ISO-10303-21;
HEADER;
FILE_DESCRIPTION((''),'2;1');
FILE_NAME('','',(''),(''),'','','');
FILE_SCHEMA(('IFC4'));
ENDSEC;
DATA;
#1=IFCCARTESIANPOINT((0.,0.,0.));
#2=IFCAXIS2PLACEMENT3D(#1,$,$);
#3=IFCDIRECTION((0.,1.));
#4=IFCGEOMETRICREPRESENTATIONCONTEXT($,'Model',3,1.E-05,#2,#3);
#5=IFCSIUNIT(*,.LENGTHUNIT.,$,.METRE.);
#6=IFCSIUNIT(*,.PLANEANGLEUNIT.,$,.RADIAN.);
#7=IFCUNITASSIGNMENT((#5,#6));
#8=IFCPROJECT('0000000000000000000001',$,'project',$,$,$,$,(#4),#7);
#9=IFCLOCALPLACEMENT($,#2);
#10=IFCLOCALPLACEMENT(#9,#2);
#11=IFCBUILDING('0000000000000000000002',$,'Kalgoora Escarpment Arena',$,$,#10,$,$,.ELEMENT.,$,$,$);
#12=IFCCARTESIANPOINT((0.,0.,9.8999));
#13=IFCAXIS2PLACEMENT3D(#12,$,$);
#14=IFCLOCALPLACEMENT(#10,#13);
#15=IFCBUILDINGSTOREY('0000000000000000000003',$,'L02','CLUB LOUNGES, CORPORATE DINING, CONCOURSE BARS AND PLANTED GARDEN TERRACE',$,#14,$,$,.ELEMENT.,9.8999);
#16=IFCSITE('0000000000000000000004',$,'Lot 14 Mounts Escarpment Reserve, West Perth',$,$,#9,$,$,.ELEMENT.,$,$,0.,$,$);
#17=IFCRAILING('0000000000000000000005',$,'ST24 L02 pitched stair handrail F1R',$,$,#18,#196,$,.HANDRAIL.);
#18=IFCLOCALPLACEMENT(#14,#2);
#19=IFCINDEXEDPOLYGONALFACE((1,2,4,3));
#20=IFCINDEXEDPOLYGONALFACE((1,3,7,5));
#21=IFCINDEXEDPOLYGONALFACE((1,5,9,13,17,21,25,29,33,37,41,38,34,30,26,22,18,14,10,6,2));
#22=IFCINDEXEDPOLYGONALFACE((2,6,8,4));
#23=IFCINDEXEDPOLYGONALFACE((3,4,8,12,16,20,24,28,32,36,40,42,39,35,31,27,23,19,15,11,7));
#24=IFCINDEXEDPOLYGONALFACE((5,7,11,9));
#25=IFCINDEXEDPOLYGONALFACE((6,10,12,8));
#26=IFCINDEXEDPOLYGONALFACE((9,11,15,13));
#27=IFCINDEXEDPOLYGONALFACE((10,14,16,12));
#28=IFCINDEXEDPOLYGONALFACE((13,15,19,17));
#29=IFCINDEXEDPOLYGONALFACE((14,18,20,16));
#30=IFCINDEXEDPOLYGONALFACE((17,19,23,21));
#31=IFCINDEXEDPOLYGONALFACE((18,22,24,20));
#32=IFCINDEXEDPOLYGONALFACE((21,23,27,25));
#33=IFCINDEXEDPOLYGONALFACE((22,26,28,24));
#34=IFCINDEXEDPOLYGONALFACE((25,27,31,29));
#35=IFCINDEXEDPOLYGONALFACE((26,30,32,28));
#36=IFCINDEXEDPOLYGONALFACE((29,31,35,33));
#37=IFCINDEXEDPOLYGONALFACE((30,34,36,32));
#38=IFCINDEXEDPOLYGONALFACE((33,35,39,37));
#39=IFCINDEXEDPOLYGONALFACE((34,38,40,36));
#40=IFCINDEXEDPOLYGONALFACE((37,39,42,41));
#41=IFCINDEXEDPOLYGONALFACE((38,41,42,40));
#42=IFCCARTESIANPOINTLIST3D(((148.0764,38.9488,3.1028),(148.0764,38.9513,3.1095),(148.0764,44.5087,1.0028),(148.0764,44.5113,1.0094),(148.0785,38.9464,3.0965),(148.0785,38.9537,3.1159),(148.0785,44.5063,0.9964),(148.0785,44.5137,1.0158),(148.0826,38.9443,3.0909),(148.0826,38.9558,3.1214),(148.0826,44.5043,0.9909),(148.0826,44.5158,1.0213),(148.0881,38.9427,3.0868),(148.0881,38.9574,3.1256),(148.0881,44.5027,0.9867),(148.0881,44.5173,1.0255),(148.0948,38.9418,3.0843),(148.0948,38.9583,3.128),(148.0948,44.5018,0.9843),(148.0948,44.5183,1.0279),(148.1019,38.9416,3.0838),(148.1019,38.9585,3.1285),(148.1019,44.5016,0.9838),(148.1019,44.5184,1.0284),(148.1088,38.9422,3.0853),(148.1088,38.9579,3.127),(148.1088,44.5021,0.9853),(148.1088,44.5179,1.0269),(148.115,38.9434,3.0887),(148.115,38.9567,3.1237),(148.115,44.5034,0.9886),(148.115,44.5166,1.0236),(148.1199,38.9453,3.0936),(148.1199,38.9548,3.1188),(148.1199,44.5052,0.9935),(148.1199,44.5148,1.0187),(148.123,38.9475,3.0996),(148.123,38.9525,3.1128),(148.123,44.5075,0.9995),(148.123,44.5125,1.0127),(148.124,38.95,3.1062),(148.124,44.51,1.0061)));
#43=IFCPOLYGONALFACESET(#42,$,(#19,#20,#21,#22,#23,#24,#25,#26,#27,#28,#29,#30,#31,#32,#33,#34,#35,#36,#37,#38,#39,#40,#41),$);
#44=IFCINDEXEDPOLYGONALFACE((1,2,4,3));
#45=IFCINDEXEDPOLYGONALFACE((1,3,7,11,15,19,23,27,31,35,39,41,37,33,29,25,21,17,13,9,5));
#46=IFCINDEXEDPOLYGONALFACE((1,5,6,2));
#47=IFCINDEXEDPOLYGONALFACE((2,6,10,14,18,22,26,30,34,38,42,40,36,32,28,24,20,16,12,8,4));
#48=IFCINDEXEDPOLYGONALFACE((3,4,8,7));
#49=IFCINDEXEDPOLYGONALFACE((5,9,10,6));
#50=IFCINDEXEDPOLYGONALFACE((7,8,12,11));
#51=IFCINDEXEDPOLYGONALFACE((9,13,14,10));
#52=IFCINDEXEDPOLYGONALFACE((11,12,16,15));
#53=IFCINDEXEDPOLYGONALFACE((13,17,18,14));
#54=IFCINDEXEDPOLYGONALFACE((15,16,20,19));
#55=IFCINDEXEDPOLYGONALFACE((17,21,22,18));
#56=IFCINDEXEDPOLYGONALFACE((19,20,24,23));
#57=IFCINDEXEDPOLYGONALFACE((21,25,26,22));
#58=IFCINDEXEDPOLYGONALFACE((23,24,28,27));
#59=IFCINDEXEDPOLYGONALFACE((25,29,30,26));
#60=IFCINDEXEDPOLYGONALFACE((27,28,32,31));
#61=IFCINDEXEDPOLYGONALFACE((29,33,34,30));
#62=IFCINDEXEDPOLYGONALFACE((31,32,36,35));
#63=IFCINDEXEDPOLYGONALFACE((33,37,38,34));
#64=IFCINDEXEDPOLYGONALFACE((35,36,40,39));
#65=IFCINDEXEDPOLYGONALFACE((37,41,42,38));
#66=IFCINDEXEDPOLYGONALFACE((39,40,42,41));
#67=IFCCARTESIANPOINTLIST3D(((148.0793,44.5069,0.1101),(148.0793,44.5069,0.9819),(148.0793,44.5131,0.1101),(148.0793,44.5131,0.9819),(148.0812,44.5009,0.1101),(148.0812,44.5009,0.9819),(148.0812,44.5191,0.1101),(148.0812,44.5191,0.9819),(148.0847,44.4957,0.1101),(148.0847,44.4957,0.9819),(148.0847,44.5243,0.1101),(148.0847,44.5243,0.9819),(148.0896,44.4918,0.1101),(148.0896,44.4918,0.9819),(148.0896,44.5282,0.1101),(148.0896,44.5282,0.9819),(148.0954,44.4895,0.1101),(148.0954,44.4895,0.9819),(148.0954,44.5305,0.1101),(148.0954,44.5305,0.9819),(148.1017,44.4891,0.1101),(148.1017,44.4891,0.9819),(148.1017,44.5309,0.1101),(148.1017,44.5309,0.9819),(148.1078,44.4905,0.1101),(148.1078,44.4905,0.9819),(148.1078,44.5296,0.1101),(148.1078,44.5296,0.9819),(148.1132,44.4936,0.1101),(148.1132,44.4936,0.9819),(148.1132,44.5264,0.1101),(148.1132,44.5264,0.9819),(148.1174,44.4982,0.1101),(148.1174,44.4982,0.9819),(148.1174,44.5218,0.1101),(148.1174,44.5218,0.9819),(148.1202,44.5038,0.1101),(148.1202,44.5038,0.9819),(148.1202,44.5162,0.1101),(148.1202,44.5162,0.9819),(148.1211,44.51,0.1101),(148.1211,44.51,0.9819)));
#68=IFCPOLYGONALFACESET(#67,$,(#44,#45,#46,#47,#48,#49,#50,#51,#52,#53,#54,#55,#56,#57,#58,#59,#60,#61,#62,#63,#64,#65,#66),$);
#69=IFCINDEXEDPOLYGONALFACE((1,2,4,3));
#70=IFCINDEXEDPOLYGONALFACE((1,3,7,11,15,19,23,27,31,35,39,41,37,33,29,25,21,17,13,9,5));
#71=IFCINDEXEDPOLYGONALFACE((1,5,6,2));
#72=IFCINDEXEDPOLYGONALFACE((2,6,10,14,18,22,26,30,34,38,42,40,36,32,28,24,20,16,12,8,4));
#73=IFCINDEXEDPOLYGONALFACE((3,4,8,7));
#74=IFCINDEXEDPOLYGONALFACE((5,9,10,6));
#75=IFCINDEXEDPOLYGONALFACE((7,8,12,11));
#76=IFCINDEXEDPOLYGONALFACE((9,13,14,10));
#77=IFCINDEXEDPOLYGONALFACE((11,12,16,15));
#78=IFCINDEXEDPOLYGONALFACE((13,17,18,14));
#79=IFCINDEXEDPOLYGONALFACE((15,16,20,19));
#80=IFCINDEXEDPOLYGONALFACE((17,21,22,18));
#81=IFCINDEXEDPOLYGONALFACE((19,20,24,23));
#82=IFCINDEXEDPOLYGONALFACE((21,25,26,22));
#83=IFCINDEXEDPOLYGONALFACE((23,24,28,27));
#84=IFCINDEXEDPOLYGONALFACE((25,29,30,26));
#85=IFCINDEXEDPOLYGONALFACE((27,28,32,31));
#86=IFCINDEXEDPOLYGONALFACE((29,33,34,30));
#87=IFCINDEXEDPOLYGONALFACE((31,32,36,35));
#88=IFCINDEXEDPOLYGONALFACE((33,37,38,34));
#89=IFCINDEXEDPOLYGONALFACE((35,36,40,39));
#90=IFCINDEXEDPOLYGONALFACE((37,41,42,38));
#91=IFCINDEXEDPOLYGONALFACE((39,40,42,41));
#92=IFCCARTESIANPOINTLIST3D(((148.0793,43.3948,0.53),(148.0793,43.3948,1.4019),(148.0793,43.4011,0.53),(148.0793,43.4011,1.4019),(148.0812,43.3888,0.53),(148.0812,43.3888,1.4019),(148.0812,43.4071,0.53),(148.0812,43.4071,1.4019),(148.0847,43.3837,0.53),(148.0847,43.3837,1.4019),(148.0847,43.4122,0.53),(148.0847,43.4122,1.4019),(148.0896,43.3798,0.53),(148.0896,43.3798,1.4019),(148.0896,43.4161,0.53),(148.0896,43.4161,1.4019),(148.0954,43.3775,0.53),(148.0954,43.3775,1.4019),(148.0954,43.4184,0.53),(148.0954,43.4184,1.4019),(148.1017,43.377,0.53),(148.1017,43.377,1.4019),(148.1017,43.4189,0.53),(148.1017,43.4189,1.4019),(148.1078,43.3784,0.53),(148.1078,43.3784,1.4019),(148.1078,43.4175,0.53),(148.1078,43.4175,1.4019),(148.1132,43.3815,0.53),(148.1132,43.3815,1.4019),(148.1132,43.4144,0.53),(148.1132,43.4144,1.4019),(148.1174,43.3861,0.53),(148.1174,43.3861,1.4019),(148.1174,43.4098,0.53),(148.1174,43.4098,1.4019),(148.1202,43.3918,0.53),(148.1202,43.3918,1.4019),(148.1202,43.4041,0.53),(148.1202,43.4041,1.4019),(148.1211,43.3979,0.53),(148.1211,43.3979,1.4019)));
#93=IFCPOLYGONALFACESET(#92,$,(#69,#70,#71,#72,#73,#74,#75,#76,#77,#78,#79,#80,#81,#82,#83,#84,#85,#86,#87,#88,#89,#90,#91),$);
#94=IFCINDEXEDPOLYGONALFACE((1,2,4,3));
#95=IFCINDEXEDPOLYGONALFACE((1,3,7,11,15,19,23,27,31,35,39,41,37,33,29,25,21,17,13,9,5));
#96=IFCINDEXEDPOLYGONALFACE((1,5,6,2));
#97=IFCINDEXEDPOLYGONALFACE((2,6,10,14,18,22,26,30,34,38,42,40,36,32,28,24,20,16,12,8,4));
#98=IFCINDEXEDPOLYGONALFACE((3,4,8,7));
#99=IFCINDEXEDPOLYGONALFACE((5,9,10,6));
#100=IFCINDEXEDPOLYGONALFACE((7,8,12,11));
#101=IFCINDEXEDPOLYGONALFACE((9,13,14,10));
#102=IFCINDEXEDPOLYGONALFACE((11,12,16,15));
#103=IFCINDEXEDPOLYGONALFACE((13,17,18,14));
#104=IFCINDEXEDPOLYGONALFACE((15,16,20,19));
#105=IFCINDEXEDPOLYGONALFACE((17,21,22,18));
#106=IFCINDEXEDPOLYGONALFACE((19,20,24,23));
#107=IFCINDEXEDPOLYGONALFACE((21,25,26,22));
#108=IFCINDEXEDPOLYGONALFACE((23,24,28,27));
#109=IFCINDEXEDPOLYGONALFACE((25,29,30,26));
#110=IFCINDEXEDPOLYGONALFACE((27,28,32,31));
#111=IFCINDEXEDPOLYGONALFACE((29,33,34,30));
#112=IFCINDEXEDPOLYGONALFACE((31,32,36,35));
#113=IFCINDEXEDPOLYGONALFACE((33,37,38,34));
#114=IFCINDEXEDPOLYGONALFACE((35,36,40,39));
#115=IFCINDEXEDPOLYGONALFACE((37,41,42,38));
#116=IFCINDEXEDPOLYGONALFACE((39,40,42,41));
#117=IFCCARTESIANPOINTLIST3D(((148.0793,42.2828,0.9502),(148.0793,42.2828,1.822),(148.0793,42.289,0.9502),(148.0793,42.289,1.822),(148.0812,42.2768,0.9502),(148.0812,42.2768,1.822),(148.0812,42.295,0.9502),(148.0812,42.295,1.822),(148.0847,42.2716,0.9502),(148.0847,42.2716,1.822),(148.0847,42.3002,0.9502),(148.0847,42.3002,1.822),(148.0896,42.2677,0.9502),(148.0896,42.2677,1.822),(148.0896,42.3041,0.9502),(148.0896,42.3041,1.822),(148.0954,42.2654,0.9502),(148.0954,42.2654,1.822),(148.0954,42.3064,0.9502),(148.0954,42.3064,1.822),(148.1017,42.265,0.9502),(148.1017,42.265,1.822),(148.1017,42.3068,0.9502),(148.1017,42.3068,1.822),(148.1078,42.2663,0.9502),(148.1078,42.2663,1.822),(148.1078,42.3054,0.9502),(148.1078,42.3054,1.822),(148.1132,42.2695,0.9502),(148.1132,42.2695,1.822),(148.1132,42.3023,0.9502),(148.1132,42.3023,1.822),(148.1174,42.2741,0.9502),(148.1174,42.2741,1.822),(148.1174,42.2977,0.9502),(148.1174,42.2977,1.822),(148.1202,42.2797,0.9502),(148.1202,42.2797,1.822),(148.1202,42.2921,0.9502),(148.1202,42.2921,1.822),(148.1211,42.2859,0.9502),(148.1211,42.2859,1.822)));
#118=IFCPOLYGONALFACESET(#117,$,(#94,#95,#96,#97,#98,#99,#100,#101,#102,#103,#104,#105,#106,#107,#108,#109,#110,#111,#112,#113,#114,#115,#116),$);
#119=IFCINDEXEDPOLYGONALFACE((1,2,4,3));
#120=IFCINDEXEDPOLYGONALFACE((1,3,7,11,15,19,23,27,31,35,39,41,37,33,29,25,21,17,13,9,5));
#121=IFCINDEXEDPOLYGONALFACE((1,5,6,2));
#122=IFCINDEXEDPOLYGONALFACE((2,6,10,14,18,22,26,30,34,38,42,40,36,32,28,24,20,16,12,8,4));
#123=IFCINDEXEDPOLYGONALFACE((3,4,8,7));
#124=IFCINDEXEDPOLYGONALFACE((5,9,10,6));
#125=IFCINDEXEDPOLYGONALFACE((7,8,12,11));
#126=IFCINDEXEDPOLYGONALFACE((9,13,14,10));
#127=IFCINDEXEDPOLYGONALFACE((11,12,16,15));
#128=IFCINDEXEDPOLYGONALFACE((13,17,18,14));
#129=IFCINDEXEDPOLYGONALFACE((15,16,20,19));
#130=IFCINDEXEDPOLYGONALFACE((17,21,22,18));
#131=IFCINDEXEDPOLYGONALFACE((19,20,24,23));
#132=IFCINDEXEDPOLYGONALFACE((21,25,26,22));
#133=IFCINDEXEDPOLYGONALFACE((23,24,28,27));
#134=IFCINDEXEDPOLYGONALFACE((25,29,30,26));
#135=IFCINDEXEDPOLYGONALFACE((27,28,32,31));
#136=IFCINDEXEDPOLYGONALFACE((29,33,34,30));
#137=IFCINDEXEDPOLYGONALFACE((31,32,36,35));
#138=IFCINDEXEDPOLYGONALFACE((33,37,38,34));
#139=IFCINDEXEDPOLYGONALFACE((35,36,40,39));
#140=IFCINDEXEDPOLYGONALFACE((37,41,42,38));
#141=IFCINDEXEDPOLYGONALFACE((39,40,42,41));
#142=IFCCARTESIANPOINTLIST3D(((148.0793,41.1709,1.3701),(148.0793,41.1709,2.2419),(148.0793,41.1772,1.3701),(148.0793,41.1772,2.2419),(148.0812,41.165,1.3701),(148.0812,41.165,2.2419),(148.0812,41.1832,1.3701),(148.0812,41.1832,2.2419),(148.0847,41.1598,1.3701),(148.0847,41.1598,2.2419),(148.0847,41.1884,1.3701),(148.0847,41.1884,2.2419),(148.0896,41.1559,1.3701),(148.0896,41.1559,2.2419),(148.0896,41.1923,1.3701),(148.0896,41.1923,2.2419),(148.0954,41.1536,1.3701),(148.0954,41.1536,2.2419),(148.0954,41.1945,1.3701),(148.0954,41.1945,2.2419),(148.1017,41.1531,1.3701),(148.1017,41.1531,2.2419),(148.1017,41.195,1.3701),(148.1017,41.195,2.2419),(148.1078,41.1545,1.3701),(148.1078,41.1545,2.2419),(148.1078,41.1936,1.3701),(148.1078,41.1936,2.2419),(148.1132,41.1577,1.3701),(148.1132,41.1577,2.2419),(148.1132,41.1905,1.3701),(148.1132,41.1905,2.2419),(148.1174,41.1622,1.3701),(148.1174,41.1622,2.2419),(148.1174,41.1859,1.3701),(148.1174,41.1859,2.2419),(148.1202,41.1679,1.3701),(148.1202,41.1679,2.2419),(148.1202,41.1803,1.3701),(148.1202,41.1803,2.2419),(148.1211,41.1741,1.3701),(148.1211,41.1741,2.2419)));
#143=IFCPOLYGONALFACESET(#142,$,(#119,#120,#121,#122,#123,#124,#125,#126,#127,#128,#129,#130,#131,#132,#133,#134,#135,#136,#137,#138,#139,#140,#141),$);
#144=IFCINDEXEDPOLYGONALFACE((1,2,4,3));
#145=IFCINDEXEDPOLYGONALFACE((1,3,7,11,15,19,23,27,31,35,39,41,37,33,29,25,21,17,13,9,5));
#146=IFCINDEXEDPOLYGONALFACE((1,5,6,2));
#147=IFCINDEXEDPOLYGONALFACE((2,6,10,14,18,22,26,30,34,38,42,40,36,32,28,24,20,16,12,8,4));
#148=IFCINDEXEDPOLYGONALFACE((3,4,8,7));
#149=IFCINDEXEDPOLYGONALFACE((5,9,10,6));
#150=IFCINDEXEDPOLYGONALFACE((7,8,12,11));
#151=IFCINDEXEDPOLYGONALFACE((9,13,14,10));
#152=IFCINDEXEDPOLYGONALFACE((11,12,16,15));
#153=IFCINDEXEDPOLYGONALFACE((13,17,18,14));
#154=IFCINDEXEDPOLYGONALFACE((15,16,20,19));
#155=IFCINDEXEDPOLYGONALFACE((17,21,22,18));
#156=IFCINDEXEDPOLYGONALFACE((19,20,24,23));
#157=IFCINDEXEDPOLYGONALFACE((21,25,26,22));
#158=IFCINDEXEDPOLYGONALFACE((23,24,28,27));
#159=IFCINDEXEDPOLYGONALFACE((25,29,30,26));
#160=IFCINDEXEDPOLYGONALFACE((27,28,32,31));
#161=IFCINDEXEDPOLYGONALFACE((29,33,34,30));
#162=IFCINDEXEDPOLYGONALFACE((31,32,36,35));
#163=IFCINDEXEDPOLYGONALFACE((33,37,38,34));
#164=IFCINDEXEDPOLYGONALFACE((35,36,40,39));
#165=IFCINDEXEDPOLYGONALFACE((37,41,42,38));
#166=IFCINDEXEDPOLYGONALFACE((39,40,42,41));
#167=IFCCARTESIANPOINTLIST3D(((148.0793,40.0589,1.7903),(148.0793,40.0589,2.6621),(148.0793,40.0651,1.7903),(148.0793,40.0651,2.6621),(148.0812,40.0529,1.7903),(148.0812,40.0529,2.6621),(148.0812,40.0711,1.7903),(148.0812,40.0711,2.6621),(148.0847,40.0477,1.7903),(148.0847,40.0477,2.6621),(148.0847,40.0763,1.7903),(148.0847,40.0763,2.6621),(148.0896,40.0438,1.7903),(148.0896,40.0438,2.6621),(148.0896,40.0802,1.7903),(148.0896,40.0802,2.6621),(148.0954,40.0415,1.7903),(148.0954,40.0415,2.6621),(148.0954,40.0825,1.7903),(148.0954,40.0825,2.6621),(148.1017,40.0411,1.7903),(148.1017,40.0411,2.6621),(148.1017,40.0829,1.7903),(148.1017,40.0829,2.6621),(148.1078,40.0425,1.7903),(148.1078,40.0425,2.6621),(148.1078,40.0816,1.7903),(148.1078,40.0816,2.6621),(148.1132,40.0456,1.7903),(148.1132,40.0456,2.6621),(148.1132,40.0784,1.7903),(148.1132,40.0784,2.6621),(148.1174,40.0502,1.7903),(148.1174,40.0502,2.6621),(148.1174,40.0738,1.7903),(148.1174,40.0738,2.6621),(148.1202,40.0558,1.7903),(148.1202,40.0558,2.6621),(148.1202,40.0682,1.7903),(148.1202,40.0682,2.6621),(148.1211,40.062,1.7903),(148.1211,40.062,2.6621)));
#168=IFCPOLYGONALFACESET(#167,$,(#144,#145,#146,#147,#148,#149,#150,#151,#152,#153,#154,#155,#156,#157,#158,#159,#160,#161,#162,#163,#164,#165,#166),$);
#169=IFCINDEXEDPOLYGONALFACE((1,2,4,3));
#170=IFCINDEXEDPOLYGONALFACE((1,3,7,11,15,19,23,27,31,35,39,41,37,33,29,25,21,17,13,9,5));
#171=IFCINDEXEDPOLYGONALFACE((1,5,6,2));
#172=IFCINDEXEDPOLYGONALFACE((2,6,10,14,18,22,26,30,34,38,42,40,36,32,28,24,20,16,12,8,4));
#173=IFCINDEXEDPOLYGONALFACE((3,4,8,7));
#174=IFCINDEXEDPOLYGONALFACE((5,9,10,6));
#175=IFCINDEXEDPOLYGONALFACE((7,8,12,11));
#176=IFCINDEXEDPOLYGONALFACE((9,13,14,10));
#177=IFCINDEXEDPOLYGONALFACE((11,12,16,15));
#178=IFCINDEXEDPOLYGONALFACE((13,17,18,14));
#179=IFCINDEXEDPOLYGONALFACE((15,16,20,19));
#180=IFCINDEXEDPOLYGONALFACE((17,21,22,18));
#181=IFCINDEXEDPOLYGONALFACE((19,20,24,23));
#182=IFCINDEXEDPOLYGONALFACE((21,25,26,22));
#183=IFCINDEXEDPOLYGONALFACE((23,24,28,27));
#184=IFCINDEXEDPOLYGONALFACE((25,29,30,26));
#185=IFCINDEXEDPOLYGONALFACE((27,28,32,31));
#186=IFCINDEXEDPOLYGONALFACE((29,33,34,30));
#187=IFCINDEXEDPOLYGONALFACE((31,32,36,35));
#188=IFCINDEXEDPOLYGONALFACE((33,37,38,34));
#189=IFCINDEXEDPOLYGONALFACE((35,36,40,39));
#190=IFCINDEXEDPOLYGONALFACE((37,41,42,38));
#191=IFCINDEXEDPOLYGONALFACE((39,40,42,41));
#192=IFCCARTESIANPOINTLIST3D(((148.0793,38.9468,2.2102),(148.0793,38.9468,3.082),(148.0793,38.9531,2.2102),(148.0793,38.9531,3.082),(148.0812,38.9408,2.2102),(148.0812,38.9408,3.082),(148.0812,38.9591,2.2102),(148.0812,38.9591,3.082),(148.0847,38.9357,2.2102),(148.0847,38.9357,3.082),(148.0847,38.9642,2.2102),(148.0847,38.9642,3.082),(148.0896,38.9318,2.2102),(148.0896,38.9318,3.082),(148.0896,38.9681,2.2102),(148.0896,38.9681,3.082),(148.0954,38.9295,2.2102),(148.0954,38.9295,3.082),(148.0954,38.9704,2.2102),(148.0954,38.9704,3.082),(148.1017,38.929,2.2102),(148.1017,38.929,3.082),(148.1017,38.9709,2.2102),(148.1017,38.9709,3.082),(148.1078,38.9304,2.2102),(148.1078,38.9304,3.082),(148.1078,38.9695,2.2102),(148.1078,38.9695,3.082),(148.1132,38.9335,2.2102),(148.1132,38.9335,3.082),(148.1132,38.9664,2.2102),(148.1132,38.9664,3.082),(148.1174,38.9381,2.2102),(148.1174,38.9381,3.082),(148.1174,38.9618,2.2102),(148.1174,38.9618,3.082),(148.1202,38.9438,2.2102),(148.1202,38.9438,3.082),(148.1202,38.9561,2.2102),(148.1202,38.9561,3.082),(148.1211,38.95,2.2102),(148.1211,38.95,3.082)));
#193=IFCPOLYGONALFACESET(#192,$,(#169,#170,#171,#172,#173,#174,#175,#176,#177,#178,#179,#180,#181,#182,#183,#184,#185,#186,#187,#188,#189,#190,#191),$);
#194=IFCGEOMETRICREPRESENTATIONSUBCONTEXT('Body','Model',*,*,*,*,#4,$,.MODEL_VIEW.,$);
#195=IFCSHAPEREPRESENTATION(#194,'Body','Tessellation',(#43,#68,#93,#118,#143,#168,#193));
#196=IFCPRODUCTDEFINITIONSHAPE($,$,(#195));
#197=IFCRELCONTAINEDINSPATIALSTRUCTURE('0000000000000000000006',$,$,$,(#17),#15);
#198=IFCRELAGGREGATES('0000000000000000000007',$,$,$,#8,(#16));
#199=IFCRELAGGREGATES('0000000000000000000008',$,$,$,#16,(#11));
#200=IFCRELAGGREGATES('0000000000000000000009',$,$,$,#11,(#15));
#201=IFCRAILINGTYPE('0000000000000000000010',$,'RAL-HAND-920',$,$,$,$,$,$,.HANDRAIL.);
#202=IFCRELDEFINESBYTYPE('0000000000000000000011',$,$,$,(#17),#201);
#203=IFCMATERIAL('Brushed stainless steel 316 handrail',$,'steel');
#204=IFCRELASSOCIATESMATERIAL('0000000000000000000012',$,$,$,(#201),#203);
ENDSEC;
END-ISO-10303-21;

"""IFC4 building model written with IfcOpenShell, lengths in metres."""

from ifc_helpers import new_model, si_unit, direction, frame, origin, origin_2d, place, context, subcontext, project, spatial, circle, extrude, material, type_object, element, save


model = new_model("IFC4")

# Units and contexts
model_context = context("Model", 3, precision=1e-05, world=origin(), true_north=direction((0.0, 1.0)))
body_context = subcontext(model_context, "Body", "Model", "MODEL_VIEW")
ifc_project = project(units=[si_unit("LENGTHUNIT", "METRE"), si_unit("PLANEANGLEUNIT", "RADIAN")], contexts=[model_context])

# Site, building, storey
site_placement = place(None, origin())
site = spatial("IfcSite", under=ifc_project, at=site_placement, Name="Lot 14 Mounts Escarpment Reserve, West Perth", CompositionType="ELEMENT", RefElevation=0.0)
building_placement = place(site_placement, origin())
building = spatial("IfcBuilding", under=site, at=building_placement, Name="Kalgoora Escarpment Arena", CompositionType="ELEMENT")
storey_placement = place(building_placement, frame((0.0, 0.0, 9.8999)))
storey = spatial("IfcBuildingStorey", under=building, at=storey_placement, Name="L02", Description="CLUB LOUNGES, CORPORATE DINING, CONCOURSE BARS AND PLANTED GARDEN TERRACE", CompositionType="ELEMENT", Elevation=9.8999)

# Railing
ifc_material_1 = material(Name="Brushed stainless steel 316 handrail", Category="steel")
railing_type_1 = type_object("IfcRailingType", Name="RAL-HAND-920", PredefinedType="HANDRAIL", material=ifc_material_1)
for number, where, name in (
    (1, (148.1001, 44.51, 0.1101), "ST24 L02 pitched stair handrail F1R"),
):
    element("IfcRailing", number, at=place(storey_placement, frame(where)), inside=storey, type_object=railing_type_1, Name=name, PredefinedType="HANDRAIL", context=body_context, shape_type="SweptSolid", body=[
        extrude(circle(Radius=0.0239, at=origin_2d()), frame((0.0, 0.0, 0.896), z_axis=(0.0, -0.935493, 0.353346), x_axis=(1.0, 0.0, 0.0)), (0.0, 0.0, 1.0), 5.9434),
        extrude(circle(Radius=0.021, at=origin_2d()), origin(), (0.0, 0.0, 1.0), 0.8718),
        extrude(circle(Radius=0.021, at=origin_2d()), frame((0.0, -1.1121, 0.4199)), (0.0, 0.0, 1.0), 0.8718),
        extrude(circle(Radius=0.021, at=origin_2d()), frame((0.0, -2.2241, 0.8401)), (0.0, 0.0, 1.0), 0.8718),
        extrude(circle(Radius=0.021, at=origin_2d()), frame((0.0, -3.3359, 1.26)), (0.0, 0.0, 1.0), 0.8718),
        extrude(circle(Radius=0.021, at=origin_2d()), frame((0.0, -4.448, 1.6802)), (0.0, 0.0, 1.0), 0.8718),
        extrude(circle(Radius=0.021, at=origin_2d()), frame((0.0, -5.5601, 2.1001)), (0.0, 0.0, 1.0), 0.8718),
    ])

save(model, "model.ifc")
